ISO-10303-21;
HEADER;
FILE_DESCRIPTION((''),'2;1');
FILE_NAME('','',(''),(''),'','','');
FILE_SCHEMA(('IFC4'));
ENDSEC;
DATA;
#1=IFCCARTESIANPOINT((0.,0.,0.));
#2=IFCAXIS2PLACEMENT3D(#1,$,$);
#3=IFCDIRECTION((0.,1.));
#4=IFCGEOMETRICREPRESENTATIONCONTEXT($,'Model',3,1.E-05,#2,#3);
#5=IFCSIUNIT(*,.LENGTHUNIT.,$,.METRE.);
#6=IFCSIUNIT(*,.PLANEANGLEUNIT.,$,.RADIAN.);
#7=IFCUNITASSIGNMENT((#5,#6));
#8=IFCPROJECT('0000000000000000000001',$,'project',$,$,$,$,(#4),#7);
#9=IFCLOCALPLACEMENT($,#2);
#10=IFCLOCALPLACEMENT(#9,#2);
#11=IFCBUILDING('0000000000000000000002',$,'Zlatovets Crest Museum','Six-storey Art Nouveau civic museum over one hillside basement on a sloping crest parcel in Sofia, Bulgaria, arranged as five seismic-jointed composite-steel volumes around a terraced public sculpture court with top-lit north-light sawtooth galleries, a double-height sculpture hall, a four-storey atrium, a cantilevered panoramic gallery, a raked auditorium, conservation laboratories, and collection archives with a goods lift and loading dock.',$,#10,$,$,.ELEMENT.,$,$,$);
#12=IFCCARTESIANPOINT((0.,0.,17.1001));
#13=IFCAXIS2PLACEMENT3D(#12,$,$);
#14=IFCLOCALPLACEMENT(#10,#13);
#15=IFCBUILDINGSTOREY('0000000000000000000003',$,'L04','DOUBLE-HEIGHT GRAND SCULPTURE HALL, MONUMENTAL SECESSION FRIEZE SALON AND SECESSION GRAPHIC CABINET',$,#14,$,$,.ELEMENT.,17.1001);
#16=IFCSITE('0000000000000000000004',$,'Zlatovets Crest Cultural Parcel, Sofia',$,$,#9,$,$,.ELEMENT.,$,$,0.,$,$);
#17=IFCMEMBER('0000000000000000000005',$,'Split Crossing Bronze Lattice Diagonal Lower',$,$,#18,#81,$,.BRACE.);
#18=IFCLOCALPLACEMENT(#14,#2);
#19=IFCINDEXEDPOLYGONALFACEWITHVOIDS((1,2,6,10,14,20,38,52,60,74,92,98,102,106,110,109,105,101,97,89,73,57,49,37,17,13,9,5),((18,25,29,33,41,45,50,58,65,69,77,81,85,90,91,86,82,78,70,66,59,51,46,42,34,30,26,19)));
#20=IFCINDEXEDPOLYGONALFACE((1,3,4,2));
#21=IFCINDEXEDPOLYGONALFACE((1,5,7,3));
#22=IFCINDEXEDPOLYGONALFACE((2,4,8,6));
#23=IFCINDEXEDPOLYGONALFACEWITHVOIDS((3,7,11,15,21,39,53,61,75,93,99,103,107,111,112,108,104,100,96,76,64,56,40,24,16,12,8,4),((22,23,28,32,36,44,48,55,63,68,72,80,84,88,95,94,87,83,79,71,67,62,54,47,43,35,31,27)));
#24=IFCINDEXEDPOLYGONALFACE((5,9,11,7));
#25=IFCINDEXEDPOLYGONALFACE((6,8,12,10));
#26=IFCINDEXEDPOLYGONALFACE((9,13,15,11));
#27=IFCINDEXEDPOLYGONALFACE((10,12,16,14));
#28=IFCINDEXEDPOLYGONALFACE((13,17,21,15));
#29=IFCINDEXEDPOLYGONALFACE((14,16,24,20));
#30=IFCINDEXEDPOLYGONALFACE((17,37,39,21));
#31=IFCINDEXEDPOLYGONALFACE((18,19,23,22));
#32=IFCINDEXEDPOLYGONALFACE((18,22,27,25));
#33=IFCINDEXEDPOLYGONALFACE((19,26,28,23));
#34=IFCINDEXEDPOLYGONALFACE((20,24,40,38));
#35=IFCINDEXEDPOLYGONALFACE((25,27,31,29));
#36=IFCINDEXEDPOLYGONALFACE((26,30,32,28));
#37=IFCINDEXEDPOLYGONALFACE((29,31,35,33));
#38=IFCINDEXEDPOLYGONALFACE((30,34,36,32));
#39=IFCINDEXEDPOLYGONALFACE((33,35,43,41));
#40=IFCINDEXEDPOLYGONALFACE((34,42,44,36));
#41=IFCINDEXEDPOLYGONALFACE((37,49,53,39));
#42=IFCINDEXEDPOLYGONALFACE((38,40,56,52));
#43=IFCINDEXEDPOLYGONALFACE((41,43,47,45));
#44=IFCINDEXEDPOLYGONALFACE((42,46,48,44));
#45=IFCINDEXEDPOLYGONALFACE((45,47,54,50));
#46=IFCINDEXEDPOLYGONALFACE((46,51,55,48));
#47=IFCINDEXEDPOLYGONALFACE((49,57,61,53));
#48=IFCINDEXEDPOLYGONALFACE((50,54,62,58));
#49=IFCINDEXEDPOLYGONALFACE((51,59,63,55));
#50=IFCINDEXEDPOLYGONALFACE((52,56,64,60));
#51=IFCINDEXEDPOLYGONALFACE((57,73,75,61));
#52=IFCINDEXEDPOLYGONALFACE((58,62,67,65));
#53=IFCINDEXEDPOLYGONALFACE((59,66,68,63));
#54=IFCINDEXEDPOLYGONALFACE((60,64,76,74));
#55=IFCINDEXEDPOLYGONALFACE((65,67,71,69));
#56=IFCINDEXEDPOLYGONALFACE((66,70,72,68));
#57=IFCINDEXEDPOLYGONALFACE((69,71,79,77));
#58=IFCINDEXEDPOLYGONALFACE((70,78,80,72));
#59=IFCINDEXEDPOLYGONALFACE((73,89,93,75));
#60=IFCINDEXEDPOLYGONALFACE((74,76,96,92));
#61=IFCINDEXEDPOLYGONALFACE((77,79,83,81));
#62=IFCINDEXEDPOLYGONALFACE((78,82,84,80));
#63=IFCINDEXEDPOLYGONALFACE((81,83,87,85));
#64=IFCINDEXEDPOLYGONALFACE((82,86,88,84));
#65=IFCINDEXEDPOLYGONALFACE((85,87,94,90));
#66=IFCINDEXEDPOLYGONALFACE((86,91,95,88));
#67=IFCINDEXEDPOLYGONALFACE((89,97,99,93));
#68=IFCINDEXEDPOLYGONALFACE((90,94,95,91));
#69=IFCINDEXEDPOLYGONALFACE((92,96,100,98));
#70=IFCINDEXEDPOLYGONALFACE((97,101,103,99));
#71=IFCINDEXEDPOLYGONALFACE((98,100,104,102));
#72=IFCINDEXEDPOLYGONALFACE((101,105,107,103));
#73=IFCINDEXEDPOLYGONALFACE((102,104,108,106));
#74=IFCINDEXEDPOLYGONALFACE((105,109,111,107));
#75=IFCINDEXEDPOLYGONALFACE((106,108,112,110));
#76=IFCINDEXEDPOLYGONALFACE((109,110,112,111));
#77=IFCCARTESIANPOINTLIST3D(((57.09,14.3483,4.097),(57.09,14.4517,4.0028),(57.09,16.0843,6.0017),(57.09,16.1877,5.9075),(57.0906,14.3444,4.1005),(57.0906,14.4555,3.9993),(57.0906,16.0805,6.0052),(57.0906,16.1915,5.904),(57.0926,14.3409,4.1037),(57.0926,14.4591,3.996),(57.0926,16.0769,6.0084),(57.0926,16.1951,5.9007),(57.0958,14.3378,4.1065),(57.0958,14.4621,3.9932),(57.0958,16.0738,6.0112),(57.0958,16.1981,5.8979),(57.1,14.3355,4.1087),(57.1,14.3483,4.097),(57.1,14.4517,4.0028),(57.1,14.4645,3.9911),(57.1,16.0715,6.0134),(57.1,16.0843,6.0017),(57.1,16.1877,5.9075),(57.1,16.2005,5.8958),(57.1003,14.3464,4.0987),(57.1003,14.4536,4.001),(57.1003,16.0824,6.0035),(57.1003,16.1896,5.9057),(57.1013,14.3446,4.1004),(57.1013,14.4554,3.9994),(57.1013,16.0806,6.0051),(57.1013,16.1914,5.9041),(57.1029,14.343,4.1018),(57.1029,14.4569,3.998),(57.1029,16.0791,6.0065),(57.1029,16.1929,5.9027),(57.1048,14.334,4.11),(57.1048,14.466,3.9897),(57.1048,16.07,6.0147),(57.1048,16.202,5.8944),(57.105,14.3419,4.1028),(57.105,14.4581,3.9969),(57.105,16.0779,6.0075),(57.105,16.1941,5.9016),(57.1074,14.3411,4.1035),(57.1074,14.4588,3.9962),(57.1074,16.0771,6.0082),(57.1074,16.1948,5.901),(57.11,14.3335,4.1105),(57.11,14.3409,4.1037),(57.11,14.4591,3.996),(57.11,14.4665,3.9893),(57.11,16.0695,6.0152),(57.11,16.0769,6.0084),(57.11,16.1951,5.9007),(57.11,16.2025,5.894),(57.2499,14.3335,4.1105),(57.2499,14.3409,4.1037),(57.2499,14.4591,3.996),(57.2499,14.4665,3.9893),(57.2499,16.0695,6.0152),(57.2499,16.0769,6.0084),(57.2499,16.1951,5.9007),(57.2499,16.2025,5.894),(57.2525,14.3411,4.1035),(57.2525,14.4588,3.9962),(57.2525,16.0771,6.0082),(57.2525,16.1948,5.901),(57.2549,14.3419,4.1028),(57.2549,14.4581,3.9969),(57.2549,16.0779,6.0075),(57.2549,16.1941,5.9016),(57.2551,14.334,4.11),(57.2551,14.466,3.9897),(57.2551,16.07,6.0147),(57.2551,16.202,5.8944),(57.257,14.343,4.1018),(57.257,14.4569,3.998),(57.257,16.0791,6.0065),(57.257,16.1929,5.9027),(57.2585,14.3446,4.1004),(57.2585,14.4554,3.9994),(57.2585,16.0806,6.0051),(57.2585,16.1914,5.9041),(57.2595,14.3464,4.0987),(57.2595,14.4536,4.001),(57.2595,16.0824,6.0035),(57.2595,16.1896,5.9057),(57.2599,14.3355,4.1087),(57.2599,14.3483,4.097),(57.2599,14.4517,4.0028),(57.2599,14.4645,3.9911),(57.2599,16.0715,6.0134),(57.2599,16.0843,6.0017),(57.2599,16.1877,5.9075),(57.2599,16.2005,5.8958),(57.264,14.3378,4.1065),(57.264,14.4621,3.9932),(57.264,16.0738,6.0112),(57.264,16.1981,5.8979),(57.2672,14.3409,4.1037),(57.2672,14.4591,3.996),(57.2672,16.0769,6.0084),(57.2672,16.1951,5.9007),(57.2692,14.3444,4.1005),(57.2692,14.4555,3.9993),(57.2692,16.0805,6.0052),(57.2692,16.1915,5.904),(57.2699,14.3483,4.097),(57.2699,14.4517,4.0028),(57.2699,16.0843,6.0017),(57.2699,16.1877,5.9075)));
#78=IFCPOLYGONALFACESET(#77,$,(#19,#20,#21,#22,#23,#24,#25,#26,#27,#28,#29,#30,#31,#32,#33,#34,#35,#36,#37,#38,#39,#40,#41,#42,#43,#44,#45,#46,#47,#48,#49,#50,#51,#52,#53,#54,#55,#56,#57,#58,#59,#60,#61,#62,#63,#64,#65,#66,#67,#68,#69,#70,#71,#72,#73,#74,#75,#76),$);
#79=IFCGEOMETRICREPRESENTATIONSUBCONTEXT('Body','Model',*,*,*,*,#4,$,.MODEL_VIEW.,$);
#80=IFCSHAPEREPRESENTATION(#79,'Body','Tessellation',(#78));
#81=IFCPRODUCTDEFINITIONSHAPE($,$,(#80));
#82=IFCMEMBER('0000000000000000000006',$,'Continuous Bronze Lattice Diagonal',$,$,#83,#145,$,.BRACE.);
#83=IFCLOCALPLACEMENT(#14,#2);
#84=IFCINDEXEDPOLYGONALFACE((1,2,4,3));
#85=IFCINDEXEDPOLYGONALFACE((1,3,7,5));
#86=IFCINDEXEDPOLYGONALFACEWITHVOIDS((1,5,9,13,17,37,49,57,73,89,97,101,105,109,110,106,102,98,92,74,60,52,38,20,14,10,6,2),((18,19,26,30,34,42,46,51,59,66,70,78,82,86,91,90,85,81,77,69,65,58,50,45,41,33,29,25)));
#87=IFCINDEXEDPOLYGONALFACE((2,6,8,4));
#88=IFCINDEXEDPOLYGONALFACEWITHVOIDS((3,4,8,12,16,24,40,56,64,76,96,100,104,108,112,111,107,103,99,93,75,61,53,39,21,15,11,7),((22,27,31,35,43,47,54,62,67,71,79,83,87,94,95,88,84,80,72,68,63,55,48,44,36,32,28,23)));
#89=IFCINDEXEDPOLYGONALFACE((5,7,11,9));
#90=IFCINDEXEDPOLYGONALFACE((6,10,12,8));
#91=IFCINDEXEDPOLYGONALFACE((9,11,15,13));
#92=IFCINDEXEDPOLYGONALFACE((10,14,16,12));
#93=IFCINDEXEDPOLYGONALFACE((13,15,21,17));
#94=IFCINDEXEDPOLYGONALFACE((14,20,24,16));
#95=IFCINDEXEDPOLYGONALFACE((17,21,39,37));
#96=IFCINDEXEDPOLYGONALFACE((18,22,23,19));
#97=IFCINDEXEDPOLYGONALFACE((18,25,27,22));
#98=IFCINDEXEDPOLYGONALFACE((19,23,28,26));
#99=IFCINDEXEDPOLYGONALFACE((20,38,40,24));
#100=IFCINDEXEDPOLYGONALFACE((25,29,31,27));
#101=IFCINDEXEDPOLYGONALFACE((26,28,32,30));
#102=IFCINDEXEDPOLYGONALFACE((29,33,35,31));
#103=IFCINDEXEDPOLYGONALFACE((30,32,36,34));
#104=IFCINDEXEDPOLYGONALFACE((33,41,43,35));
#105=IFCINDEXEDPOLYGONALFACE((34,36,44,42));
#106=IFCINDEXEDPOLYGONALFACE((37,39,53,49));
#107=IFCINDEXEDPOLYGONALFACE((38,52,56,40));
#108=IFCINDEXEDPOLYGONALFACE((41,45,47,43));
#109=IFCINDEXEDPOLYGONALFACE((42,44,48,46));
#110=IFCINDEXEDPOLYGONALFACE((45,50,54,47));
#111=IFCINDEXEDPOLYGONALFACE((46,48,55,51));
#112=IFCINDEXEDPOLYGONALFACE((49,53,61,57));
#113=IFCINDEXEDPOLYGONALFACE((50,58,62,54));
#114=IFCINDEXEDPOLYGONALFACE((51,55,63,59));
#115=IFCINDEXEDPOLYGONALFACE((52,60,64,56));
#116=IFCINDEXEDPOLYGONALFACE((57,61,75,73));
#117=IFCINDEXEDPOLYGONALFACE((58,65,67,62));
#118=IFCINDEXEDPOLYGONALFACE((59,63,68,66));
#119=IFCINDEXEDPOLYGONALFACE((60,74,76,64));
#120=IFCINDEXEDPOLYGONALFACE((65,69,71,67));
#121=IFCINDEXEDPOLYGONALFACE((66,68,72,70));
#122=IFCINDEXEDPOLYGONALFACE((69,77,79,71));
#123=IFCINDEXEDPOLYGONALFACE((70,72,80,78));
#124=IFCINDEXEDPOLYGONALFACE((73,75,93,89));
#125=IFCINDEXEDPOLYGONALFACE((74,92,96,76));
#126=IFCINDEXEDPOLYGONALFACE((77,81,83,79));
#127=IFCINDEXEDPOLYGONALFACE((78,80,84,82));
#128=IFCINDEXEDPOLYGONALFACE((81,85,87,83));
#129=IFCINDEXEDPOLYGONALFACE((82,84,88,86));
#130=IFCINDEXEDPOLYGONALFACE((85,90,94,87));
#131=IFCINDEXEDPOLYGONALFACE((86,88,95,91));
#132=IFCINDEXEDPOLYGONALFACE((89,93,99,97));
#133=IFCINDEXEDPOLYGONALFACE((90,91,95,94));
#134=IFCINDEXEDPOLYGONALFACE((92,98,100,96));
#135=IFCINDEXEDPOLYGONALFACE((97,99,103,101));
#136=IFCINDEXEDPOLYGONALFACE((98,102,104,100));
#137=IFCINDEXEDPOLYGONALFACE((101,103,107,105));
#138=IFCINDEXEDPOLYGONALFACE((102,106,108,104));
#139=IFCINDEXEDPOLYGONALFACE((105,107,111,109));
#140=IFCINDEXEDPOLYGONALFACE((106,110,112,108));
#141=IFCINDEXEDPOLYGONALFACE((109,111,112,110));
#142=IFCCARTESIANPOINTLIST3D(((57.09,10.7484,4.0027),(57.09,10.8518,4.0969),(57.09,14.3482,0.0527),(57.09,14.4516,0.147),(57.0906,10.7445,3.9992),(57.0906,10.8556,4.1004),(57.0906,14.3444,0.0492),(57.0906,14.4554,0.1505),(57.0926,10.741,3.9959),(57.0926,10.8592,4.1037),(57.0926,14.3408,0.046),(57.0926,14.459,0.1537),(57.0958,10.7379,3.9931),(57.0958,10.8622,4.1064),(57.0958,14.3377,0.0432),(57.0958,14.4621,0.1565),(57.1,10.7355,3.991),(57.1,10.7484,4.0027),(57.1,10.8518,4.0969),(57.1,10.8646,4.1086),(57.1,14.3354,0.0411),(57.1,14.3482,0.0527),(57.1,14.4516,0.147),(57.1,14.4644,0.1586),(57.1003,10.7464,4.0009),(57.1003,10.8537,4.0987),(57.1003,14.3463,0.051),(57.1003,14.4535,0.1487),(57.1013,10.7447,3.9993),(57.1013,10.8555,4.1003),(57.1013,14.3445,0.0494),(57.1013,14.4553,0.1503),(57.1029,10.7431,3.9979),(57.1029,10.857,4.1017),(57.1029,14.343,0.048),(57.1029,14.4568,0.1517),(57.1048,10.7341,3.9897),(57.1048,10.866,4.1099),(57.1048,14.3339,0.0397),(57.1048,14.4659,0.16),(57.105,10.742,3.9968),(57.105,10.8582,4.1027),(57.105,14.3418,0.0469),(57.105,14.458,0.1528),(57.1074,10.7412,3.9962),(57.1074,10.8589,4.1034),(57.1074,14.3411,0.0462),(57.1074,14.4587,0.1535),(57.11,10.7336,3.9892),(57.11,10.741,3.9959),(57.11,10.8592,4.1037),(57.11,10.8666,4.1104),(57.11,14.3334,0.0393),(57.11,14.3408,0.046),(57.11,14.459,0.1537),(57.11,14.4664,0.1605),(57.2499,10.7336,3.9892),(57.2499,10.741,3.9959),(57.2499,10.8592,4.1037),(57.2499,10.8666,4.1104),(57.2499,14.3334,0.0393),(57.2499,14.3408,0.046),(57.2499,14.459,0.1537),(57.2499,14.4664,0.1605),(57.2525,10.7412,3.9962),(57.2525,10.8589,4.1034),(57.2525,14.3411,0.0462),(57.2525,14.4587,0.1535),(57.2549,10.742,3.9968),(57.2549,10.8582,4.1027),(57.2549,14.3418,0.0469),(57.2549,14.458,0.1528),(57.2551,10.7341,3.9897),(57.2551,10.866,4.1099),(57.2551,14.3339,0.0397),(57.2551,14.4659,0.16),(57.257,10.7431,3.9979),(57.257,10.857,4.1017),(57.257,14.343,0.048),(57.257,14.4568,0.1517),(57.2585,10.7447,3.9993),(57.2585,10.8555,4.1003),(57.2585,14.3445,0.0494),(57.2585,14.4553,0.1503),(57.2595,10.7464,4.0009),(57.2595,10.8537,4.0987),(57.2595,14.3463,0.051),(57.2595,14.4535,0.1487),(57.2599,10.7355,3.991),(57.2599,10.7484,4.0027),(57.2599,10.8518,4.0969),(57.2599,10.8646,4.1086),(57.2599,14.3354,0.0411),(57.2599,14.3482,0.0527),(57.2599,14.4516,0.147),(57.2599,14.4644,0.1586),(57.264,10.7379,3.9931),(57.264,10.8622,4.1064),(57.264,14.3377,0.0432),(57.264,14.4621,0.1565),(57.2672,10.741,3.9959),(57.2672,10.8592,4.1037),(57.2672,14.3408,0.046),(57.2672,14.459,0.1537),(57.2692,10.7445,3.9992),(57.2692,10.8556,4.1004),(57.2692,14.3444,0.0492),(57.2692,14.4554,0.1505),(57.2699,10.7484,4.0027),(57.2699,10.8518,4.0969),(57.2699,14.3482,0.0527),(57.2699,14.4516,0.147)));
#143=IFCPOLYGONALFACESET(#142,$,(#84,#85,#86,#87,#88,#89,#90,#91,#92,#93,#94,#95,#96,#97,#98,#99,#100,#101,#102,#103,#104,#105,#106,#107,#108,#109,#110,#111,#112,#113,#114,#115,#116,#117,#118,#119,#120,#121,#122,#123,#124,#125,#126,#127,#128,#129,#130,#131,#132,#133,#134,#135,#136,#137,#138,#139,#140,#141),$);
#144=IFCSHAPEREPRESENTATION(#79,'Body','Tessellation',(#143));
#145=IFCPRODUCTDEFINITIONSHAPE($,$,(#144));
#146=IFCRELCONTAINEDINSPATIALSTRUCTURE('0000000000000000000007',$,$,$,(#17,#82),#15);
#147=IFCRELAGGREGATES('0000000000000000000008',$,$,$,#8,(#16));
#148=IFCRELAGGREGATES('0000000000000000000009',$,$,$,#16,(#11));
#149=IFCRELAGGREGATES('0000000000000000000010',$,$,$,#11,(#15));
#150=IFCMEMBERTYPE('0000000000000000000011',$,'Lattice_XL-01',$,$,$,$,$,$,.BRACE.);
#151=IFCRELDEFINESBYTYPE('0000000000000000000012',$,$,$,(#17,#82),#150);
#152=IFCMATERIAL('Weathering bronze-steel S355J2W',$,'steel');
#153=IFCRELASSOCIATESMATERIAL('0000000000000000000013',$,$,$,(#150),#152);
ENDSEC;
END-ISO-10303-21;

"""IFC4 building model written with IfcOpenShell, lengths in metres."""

from ifc_helpers import new_model, si_unit, direction, frame, origin, origin_2d, place, context, subcontext, project, spatial, hollow_rectangle, extrude, material, material_profile, profile_set, type_object, element, save


model = new_model("IFC4")

# Units and contexts
model_context = context("Model", 3, precision=1e-05, world=origin(), true_north=direction((0.0, 1.0)))
body_context = subcontext(model_context, "Body", "Model", "MODEL_VIEW")
ifc_project = project(units=[si_unit("LENGTHUNIT", "METRE"), si_unit("PLANEANGLEUNIT", "RADIAN")], contexts=[model_context])

# Site, building, storey
site_placement = place(None, origin())
site = spatial("IfcSite", under=ifc_project, at=site_placement, Name="Zlatovets Crest Cultural Parcel, Sofia", CompositionType="ELEMENT", RefElevation=0.0)
building_placement = place(site_placement, origin())
building = spatial("IfcBuilding", under=site, at=building_placement, Name="Zlatovets Crest Museum", Description="Six-storey Art Nouveau civic museum over one hillside basement on a sloping crest parcel in Sofia, Bulgaria, arranged as five seismic-jointed composite-steel volumes around a terraced public sculpture court with top-lit north-light sawtooth galleries, a double-height sculpture hall, a four-storey atrium, a cantilevered panoramic gallery, a raked auditorium, conservation laboratories, and collection archives with a goods lift and loading dock.", CompositionType="ELEMENT")
storey_placement = place(building_placement, frame((0.0, 0.0, 17.1001)))
storey = spatial("IfcBuildingStorey", under=building, at=storey_placement, Name="L04", Description="DOUBLE-HEIGHT GRAND SCULPTURE HALL, MONUMENTAL SECESSION FRIEZE SALON AND SECESSION GRAPHIC CABINET", CompositionType="ELEMENT", Elevation=17.1001)

# Members
ifc_material_1 = material(Name="Weathering bronze-steel S355J2W", Category="steel")
ifc_material_profile_1 = material_profile(ifc_material_1, hollow_rectangle(XDim=0.1799, YDim=0.1799, WallThickness=0.01, InnerFilletRadius=0.01, OuterFilletRadius=0.02, at=origin_2d()), Name="SHS 180x180x10.0")
ifc_profile_set_1 = profile_set([ifc_material_profile_1], Name="Weathering bronze-steel S355J2W")
member_type_1 = type_object("IfcMemberType", Name="Lattice_XL-01", PredefinedType="BRACE", material=ifc_profile_set_1)
for number, where, z_axis, x_axis, name in (
    (1, (57.1799, 16.136, 5.9546), (0.0, -0.67362, -0.739078), (1.0, 0.0, 0.0), "Split Crossing Bronze Lattice Diagonal Lower"),
):
    element("IfcMember", number, at=place(storey_placement, frame(where, z_axis=z_axis, x_axis=x_axis)), inside=storey, type_object=member_type_1, Name=name, PredefinedType="BRACE", context=body_context, shape_type="SweptSolid", body=[
        extrude(hollow_rectangle(XDim=0.1799, YDim=0.1799, WallThickness=0.01, InnerFilletRadius=0.01, OuterFilletRadius=0.02, at=origin_2d()), origin(), (0.0, 0.0, 1.0), 2.5771),
    ])
member_1_placement = place(storey_placement, frame((57.1799, 14.3999, 0.0999), z_axis=(0.0, -0.673593, 0.739102), x_axis=(1.0, 0.0, 0.0)))
element("IfcMember", 2, at=member_1_placement, inside=storey, type_object=member_type_1, Name="Continuous Bronze Lattice Diagonal", PredefinedType="BRACE", context=body_context, shape_type="SweptSolid", body=[
    extrude(hollow_rectangle(XDim=0.1799, YDim=0.1799, WallThickness=0.01, InnerFilletRadius=0.01, OuterFilletRadius=0.02, at=origin_2d()), origin(), (0.0, 0.0, 1.0), 5.3442),
])

save(model, "model.ifc")
